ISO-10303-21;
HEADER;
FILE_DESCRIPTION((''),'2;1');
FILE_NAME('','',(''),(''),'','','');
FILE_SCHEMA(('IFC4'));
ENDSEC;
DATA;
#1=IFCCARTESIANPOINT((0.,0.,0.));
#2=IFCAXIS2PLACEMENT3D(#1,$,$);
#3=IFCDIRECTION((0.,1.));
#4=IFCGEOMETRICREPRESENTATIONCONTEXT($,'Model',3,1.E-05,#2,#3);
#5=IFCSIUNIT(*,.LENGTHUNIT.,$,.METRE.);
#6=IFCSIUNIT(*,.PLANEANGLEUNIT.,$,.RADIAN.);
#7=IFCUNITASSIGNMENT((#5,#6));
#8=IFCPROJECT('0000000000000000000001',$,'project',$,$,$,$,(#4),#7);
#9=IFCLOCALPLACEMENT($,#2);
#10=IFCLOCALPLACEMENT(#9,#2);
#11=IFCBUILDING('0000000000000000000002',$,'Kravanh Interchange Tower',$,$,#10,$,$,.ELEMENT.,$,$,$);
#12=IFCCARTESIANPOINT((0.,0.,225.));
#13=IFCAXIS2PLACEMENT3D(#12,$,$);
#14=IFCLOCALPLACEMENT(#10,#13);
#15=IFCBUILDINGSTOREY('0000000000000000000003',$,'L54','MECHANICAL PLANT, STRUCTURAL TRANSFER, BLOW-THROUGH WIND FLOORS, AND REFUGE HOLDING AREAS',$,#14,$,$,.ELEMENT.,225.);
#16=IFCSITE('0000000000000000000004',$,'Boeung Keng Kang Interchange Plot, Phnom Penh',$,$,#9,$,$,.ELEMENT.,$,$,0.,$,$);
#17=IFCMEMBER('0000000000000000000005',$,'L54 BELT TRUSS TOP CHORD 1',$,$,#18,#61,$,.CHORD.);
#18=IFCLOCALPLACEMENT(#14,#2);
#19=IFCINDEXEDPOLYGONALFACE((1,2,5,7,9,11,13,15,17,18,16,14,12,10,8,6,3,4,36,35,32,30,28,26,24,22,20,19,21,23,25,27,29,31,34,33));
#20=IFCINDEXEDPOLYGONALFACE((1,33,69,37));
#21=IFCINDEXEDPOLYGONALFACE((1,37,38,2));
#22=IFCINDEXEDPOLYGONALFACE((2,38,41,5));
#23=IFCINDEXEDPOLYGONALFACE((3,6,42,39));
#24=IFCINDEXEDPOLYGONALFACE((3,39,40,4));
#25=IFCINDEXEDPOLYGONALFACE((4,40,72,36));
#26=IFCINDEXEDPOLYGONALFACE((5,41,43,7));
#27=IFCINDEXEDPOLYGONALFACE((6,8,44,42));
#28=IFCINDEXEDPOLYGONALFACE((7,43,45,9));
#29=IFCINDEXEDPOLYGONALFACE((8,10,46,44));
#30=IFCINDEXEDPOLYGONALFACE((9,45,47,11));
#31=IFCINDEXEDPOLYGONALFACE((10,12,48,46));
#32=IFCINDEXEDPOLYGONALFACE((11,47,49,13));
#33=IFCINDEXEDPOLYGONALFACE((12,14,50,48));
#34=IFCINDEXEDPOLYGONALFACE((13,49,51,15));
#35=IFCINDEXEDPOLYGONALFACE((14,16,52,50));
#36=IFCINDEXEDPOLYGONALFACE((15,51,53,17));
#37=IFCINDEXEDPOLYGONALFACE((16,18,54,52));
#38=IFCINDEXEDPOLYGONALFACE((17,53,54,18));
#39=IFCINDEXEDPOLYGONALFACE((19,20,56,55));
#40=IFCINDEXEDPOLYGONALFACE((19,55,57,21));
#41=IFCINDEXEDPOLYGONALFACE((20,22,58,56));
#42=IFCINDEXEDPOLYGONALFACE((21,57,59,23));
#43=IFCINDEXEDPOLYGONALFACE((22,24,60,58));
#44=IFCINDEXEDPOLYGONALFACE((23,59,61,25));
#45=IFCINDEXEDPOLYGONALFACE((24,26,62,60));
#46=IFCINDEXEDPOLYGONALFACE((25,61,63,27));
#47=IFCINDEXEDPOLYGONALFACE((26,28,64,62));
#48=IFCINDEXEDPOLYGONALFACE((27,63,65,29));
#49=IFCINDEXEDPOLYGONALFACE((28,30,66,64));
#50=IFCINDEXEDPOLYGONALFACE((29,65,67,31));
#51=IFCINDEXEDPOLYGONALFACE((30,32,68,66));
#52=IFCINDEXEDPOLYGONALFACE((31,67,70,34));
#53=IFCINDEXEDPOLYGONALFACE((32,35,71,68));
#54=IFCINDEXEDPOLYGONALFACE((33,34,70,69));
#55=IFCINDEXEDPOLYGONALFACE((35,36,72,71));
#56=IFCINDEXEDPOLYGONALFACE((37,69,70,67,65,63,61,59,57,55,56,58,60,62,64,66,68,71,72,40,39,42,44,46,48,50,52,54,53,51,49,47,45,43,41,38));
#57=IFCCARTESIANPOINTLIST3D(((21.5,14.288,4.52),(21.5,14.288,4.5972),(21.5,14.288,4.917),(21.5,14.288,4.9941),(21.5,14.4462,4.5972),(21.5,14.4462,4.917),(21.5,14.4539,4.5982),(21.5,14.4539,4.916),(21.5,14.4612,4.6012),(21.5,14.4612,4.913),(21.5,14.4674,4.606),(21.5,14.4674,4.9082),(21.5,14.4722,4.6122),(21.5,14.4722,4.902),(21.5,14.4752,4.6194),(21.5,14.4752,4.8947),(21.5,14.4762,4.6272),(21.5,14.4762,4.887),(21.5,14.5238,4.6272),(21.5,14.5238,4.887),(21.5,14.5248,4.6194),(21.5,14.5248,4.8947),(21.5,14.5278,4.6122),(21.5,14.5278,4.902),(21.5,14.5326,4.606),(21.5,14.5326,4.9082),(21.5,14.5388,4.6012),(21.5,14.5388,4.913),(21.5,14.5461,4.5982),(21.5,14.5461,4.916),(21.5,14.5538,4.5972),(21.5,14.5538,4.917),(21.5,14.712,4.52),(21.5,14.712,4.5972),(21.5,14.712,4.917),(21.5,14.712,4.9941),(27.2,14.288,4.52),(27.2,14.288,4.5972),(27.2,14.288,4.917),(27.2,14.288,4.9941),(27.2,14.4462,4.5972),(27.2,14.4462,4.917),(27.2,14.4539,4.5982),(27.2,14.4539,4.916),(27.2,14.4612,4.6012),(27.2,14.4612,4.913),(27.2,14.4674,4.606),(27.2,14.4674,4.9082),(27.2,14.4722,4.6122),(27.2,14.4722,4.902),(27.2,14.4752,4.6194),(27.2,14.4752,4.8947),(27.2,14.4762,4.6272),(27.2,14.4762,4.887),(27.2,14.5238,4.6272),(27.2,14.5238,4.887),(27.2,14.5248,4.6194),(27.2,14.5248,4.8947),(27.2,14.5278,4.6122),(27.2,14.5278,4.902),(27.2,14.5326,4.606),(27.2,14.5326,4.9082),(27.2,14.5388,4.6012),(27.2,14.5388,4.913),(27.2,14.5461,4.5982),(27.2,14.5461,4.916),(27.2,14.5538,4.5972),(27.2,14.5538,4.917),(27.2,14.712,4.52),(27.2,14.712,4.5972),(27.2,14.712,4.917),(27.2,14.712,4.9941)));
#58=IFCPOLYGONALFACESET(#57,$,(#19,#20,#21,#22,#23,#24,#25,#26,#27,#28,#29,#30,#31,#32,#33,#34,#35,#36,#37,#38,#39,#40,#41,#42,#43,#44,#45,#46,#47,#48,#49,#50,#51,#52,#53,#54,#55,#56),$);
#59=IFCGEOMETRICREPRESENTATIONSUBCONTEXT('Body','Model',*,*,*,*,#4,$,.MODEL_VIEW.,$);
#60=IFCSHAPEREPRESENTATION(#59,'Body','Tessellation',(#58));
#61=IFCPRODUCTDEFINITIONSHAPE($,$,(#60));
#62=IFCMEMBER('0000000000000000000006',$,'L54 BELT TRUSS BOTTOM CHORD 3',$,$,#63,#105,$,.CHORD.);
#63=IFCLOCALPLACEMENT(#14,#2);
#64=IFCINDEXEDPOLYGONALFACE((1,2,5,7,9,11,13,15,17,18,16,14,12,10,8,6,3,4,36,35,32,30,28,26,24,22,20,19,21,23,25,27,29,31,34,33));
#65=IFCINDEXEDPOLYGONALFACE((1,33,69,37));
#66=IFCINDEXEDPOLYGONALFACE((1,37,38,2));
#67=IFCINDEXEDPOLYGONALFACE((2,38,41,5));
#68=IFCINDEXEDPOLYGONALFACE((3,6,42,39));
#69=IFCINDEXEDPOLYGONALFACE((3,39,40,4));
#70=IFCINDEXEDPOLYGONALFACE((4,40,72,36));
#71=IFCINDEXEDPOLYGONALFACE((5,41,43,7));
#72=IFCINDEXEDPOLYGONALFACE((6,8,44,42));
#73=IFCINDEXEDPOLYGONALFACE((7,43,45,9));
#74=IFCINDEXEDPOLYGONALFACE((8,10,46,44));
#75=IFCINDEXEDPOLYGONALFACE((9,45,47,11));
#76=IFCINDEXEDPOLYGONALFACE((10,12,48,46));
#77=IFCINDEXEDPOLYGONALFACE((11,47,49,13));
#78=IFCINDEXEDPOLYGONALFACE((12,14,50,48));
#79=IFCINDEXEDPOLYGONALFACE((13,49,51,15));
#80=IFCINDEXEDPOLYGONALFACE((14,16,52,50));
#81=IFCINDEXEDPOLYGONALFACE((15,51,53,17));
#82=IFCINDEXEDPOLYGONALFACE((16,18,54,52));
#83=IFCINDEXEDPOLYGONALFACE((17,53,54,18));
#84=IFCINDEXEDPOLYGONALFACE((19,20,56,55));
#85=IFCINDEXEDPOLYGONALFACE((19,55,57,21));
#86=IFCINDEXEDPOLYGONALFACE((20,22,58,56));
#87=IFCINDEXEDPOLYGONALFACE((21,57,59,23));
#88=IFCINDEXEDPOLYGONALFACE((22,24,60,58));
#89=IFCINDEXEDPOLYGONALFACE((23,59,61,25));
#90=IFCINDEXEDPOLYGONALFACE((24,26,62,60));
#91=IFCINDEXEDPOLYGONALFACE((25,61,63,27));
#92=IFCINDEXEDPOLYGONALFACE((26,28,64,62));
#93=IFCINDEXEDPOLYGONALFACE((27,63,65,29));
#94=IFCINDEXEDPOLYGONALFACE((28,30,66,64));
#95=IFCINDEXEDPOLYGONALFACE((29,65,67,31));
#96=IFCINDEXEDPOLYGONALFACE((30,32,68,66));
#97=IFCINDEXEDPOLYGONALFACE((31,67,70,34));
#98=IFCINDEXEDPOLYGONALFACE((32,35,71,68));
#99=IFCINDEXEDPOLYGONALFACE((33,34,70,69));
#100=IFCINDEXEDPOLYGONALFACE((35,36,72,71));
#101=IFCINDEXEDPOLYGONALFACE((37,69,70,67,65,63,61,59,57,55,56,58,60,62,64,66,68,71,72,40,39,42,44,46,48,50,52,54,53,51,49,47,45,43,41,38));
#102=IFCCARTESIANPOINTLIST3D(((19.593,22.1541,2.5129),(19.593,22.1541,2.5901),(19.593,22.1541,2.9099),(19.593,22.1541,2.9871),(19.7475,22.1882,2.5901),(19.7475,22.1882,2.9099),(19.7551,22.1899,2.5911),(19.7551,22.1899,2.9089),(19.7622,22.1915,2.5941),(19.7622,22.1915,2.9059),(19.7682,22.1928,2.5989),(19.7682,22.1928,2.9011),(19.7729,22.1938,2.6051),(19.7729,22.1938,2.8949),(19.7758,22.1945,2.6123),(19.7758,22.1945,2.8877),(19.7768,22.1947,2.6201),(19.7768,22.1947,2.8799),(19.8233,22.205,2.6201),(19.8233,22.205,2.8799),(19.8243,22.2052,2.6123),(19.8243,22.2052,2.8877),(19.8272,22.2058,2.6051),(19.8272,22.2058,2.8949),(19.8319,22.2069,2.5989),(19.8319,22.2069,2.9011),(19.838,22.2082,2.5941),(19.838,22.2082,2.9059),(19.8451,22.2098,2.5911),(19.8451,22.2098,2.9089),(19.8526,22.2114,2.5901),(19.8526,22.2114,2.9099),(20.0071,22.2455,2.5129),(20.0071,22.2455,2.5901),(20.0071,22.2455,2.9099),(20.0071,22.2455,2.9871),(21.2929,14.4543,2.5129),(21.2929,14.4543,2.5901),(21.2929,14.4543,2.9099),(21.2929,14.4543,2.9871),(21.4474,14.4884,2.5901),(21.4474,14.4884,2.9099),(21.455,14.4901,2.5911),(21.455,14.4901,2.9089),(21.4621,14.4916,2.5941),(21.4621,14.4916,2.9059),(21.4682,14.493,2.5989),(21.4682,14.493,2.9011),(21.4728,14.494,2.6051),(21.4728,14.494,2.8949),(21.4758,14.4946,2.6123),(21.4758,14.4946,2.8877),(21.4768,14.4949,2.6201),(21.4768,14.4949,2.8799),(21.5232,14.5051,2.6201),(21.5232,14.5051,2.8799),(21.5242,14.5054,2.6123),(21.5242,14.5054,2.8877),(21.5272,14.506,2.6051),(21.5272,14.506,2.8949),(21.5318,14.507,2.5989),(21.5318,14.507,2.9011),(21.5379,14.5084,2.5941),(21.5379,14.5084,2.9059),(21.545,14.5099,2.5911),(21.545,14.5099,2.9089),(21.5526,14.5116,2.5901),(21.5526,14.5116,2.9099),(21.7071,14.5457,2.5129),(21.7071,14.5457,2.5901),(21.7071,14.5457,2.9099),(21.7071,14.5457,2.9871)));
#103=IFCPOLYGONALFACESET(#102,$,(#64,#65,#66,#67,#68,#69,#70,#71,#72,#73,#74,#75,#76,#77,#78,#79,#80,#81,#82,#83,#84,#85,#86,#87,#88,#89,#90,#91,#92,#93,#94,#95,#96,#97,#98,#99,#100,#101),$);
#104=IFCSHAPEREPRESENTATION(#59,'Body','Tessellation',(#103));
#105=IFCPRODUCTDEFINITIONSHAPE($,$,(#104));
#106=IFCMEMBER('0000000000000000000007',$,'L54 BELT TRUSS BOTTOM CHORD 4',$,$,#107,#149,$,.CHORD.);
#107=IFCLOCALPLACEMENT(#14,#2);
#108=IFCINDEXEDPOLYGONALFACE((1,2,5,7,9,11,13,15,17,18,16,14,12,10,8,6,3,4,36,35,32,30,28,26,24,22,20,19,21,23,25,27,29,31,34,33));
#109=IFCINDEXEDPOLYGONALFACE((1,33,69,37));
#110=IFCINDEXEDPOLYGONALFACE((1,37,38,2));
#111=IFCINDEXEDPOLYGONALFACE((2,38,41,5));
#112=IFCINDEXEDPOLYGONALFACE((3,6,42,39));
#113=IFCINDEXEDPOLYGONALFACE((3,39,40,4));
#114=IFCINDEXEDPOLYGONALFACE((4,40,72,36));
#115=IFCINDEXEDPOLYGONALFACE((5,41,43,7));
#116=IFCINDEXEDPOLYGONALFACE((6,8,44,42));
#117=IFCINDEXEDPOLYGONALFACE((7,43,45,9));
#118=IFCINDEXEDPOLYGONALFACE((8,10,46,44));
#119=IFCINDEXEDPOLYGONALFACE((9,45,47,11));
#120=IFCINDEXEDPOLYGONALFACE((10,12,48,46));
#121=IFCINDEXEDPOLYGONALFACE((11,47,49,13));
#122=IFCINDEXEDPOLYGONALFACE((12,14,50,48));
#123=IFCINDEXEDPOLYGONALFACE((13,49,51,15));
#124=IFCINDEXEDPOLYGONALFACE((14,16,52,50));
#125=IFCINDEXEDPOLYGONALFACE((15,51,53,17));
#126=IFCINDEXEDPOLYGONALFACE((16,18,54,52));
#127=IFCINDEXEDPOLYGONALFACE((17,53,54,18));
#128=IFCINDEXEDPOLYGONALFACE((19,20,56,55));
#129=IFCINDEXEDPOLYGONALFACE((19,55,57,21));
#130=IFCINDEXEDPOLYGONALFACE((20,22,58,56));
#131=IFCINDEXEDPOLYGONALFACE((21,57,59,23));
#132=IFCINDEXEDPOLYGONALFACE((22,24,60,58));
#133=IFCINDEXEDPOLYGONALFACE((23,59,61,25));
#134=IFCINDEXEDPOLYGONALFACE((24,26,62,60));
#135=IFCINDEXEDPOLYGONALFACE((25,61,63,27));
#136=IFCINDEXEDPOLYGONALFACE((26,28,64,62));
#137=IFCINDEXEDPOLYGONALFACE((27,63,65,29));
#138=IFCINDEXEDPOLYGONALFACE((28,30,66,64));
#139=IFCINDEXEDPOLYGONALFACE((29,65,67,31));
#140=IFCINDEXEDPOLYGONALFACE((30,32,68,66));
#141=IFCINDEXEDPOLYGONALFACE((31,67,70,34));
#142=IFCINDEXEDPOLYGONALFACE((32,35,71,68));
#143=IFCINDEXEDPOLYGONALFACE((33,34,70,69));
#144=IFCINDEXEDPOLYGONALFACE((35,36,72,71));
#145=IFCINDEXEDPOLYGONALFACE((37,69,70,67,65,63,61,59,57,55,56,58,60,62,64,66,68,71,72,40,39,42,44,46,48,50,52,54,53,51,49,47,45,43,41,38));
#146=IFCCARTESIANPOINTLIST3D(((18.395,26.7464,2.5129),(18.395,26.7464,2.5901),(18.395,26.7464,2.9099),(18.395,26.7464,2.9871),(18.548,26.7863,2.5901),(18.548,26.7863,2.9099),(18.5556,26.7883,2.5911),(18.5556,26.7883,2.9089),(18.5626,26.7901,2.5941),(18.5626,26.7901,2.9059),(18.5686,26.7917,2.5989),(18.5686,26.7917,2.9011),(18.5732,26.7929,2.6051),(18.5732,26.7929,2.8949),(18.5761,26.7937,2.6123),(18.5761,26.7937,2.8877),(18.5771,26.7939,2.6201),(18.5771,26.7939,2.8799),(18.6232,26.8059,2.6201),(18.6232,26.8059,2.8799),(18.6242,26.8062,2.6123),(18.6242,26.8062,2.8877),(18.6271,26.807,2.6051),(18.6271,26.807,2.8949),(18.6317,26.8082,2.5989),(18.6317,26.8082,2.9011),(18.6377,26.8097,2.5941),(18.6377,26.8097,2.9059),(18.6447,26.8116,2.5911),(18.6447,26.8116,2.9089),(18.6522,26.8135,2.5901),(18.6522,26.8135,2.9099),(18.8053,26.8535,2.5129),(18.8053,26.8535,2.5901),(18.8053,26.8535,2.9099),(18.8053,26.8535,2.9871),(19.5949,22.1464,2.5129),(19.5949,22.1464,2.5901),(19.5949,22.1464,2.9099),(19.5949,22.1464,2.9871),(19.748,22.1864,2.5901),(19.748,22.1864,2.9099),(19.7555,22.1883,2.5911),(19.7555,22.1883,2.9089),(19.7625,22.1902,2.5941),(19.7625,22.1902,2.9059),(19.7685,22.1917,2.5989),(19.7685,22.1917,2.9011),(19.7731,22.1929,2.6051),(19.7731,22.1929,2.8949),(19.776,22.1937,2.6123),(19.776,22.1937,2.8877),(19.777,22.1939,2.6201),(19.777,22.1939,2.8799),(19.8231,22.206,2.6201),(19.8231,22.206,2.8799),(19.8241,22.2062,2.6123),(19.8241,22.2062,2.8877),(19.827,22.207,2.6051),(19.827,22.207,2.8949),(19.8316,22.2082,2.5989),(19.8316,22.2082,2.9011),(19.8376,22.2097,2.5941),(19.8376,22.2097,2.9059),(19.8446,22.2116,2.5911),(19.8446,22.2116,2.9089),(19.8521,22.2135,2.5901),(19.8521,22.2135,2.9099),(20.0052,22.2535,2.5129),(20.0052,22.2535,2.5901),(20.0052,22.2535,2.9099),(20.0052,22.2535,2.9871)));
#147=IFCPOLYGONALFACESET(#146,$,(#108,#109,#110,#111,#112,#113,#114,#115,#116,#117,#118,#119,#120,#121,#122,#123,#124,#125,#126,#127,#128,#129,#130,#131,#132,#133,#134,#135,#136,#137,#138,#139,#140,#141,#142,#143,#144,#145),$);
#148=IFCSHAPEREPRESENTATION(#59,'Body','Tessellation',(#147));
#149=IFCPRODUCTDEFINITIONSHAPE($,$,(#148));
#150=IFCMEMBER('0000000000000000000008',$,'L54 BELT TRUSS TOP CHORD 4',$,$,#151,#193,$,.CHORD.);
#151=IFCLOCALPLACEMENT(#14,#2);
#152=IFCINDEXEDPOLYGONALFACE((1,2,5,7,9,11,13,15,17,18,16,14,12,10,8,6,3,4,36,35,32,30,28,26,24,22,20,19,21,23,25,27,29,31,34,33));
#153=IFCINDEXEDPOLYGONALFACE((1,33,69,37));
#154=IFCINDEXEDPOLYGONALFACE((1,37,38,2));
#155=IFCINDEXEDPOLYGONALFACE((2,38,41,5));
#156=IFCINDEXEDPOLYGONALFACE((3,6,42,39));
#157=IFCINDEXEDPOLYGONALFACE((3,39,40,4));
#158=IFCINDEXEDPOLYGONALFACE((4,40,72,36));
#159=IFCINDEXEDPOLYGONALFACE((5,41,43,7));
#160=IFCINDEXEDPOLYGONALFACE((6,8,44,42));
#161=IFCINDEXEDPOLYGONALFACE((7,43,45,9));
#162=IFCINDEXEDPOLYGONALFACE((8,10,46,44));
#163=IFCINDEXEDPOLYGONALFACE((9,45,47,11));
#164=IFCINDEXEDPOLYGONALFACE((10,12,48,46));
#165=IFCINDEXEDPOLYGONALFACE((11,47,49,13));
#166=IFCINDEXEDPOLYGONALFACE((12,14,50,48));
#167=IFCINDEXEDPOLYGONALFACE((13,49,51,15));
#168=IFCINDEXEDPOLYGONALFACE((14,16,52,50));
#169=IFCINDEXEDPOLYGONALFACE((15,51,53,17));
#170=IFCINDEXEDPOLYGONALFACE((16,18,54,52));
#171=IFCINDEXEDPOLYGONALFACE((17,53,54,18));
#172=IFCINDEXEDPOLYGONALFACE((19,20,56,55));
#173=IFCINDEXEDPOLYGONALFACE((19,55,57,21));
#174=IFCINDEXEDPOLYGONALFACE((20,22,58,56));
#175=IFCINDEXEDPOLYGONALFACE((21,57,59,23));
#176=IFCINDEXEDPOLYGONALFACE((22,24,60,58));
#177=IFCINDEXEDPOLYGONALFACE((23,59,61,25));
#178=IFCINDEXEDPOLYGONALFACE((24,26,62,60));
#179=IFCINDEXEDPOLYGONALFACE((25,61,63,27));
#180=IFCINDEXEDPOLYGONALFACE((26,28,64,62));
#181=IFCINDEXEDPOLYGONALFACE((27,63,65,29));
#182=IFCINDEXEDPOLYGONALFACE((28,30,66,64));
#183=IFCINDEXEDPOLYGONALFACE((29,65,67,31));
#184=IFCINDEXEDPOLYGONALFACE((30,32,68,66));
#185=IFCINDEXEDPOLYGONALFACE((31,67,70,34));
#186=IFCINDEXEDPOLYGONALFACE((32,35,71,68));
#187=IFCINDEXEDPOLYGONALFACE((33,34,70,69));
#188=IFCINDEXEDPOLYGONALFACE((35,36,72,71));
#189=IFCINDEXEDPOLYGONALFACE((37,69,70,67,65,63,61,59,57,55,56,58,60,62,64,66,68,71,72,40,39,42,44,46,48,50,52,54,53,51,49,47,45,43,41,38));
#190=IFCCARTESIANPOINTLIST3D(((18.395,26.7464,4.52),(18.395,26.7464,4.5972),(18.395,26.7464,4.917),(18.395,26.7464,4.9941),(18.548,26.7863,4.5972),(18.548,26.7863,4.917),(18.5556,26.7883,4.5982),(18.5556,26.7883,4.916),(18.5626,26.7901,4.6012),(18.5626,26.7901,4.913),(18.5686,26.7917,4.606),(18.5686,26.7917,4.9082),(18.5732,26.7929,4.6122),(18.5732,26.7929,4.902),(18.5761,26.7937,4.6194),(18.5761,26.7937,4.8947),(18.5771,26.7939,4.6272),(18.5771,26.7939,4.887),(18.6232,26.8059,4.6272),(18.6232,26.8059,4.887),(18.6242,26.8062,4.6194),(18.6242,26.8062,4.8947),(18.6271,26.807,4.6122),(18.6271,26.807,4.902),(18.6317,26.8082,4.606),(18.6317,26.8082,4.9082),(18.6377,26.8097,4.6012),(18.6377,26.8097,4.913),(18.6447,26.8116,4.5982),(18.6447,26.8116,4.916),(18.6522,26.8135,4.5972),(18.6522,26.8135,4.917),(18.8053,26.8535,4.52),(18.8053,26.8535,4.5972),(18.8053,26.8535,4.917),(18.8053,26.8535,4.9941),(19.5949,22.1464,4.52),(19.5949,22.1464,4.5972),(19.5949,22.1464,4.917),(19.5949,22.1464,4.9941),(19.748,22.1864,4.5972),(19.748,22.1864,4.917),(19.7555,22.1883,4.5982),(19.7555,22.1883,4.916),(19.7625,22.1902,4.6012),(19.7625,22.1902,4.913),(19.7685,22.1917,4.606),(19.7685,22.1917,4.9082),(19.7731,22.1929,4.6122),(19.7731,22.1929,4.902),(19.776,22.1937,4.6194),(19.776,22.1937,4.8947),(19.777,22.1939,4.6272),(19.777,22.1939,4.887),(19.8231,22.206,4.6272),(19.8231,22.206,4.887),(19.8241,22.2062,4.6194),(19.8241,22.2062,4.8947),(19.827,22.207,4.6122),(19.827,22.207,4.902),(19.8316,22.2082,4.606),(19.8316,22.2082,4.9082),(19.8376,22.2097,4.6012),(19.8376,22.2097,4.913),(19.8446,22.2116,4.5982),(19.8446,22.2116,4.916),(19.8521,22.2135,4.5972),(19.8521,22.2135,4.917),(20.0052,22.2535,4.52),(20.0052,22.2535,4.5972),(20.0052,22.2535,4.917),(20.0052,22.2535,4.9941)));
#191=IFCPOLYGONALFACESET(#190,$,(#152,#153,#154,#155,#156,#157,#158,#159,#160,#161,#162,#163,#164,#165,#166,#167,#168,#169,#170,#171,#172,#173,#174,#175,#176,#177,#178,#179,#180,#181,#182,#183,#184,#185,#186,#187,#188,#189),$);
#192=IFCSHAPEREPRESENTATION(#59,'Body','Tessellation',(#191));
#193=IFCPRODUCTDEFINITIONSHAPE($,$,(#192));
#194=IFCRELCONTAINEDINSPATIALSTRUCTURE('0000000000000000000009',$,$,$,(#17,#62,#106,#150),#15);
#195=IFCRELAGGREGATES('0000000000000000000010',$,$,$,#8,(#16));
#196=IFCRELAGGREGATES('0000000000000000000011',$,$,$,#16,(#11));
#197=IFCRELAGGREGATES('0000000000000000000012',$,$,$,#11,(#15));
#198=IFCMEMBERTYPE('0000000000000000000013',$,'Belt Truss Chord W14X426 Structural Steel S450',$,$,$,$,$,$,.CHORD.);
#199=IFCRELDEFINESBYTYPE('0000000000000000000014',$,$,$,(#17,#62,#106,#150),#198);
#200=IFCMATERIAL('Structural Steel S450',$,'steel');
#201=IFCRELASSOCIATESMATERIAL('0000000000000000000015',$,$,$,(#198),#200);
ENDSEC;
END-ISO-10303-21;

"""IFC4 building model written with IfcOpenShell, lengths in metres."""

from ifc_helpers import new_model, si_unit, direction, frame, origin, origin_2d, place, context, subcontext, project, spatial, i_section, extrude, material, material_profile, profile_set, type_object, element, save


model = new_model("IFC4")

# Units and contexts
model_context = context("Model", 3, precision=1e-05, world=origin(), true_north=direction((0.0, 1.0)))
body_context = subcontext(model_context, "Body", "Model", "MODEL_VIEW")
ifc_project = project(units=[si_unit("LENGTHUNIT", "METRE"), si_unit("PLANEANGLEUNIT", "RADIAN")], contexts=[model_context])

# Site, building, storey
site_placement = place(None, origin())
site = spatial("IfcSite", under=ifc_project, at=site_placement, Name="Boeung Keng Kang Interchange Plot, Phnom Penh", CompositionType="ELEMENT", RefElevation=0.0)
building_placement = place(site_placement, origin())
building = spatial("IfcBuilding", under=site, at=building_placement, Name="Kravanh Interchange Tower", CompositionType="ELEMENT")
storey_placement = place(building_placement, frame((0.0, 0.0, 225.0)))
storey = spatial("IfcBuildingStorey", under=building, at=storey_placement, Name="L54", Description="MECHANICAL PLANT, STRUCTURAL TRANSFER, BLOW-THROUGH WIND FLOORS, AND REFUGE HOLDING AREAS", CompositionType="ELEMENT", Elevation=225.0)

# Members
ifc_material_1 = material(Name="Structural Steel S450", Category="steel")
ifc_material_profile_1 = material_profile(ifc_material_1, i_section(OverallWidth=0.4241, OverallDepth=0.4741, WebThickness=0.0476, FlangeThickness=0.0771, FilletRadius=0.03, at=origin_2d()), Name="W14X426")
ifc_profile_set_1 = profile_set([ifc_material_profile_1], Name="Structural Steel S450")
member_type_1 = type_object("IfcMemberType", Name="Belt Truss Chord W14X426 Structural Steel S450", PredefinedType="CHORD", material=ifc_profile_set_1)
for number, where, z_axis, x_axis, name in (
    (1, (21.5, 14.5, 4.7571), (1.0, 0.0, 0.0), (0.0, 1.0, 0.0), "L54 BELT TRUSS TOP CHORD 1"),
):
    element("IfcMember", number, at=place(storey_placement, frame(where, z_axis=z_axis, x_axis=x_axis)), inside=storey, type_object=member_type_1, Name=name, PredefinedType="CHORD", context=body_context, shape_type="SweptSolid", body=[
        extrude(i_section(OverallWidth=0.4241, OverallDepth=0.4741, WebThickness=0.0476, FlangeThickness=0.0771, FilletRadius=0.03, at=origin_2d()), origin(), (0.0, 0.0, 1.0), 5.7),
    ])
member_1_placement = place(storey_placement, frame((21.5, 14.5, 2.75), z_axis=(-0.215583, 0.976486, 0.0), x_axis=(-0.976486, -0.215583, 0.0)))
element("IfcMember", 2, at=member_1_placement, inside=storey, type_object=member_type_1, Name="L54 BELT TRUSS BOTTOM CHORD 3", PredefinedType="CHORD", context=body_context, shape_type="SweptSolid", body=[
    extrude(i_section(OverallWidth=0.4241, OverallDepth=0.4741, WebThickness=0.0476, FlangeThickness=0.0771, FilletRadius=0.03, at=origin_2d()), origin(), (0.0, 0.0, 1.0), 7.8853),
])
for number, where, z_axis, x_axis, name in (
    (3, (19.8, 22.2, 2.75), (-0.252407, 0.967621, 0.0), (-0.967621, -0.252407, 0.0), "L54 BELT TRUSS BOTTOM CHORD 4"),
    (4, (19.8, 22.2, 4.7571), (-0.252407, 0.967621, 0.0), (-0.967621, -0.252407, 0.0), "L54 BELT TRUSS TOP CHORD 4"),
):
    element("IfcMember", number, at=place(storey_placement, frame(where, z_axis=z_axis, x_axis=x_axis)), inside=storey, type_object=member_type_1, Name=name, PredefinedType="CHORD", context=body_context, shape_type="SweptSolid", body=[
        extrude(i_section(OverallWidth=0.4241, OverallDepth=0.4741, WebThickness=0.0476, FlangeThickness=0.0771, FilletRadius=0.03, at=origin_2d()), origin(), (0.0, 0.0, 1.0), 4.7539),
    ])

save(model, "model.ifc")
